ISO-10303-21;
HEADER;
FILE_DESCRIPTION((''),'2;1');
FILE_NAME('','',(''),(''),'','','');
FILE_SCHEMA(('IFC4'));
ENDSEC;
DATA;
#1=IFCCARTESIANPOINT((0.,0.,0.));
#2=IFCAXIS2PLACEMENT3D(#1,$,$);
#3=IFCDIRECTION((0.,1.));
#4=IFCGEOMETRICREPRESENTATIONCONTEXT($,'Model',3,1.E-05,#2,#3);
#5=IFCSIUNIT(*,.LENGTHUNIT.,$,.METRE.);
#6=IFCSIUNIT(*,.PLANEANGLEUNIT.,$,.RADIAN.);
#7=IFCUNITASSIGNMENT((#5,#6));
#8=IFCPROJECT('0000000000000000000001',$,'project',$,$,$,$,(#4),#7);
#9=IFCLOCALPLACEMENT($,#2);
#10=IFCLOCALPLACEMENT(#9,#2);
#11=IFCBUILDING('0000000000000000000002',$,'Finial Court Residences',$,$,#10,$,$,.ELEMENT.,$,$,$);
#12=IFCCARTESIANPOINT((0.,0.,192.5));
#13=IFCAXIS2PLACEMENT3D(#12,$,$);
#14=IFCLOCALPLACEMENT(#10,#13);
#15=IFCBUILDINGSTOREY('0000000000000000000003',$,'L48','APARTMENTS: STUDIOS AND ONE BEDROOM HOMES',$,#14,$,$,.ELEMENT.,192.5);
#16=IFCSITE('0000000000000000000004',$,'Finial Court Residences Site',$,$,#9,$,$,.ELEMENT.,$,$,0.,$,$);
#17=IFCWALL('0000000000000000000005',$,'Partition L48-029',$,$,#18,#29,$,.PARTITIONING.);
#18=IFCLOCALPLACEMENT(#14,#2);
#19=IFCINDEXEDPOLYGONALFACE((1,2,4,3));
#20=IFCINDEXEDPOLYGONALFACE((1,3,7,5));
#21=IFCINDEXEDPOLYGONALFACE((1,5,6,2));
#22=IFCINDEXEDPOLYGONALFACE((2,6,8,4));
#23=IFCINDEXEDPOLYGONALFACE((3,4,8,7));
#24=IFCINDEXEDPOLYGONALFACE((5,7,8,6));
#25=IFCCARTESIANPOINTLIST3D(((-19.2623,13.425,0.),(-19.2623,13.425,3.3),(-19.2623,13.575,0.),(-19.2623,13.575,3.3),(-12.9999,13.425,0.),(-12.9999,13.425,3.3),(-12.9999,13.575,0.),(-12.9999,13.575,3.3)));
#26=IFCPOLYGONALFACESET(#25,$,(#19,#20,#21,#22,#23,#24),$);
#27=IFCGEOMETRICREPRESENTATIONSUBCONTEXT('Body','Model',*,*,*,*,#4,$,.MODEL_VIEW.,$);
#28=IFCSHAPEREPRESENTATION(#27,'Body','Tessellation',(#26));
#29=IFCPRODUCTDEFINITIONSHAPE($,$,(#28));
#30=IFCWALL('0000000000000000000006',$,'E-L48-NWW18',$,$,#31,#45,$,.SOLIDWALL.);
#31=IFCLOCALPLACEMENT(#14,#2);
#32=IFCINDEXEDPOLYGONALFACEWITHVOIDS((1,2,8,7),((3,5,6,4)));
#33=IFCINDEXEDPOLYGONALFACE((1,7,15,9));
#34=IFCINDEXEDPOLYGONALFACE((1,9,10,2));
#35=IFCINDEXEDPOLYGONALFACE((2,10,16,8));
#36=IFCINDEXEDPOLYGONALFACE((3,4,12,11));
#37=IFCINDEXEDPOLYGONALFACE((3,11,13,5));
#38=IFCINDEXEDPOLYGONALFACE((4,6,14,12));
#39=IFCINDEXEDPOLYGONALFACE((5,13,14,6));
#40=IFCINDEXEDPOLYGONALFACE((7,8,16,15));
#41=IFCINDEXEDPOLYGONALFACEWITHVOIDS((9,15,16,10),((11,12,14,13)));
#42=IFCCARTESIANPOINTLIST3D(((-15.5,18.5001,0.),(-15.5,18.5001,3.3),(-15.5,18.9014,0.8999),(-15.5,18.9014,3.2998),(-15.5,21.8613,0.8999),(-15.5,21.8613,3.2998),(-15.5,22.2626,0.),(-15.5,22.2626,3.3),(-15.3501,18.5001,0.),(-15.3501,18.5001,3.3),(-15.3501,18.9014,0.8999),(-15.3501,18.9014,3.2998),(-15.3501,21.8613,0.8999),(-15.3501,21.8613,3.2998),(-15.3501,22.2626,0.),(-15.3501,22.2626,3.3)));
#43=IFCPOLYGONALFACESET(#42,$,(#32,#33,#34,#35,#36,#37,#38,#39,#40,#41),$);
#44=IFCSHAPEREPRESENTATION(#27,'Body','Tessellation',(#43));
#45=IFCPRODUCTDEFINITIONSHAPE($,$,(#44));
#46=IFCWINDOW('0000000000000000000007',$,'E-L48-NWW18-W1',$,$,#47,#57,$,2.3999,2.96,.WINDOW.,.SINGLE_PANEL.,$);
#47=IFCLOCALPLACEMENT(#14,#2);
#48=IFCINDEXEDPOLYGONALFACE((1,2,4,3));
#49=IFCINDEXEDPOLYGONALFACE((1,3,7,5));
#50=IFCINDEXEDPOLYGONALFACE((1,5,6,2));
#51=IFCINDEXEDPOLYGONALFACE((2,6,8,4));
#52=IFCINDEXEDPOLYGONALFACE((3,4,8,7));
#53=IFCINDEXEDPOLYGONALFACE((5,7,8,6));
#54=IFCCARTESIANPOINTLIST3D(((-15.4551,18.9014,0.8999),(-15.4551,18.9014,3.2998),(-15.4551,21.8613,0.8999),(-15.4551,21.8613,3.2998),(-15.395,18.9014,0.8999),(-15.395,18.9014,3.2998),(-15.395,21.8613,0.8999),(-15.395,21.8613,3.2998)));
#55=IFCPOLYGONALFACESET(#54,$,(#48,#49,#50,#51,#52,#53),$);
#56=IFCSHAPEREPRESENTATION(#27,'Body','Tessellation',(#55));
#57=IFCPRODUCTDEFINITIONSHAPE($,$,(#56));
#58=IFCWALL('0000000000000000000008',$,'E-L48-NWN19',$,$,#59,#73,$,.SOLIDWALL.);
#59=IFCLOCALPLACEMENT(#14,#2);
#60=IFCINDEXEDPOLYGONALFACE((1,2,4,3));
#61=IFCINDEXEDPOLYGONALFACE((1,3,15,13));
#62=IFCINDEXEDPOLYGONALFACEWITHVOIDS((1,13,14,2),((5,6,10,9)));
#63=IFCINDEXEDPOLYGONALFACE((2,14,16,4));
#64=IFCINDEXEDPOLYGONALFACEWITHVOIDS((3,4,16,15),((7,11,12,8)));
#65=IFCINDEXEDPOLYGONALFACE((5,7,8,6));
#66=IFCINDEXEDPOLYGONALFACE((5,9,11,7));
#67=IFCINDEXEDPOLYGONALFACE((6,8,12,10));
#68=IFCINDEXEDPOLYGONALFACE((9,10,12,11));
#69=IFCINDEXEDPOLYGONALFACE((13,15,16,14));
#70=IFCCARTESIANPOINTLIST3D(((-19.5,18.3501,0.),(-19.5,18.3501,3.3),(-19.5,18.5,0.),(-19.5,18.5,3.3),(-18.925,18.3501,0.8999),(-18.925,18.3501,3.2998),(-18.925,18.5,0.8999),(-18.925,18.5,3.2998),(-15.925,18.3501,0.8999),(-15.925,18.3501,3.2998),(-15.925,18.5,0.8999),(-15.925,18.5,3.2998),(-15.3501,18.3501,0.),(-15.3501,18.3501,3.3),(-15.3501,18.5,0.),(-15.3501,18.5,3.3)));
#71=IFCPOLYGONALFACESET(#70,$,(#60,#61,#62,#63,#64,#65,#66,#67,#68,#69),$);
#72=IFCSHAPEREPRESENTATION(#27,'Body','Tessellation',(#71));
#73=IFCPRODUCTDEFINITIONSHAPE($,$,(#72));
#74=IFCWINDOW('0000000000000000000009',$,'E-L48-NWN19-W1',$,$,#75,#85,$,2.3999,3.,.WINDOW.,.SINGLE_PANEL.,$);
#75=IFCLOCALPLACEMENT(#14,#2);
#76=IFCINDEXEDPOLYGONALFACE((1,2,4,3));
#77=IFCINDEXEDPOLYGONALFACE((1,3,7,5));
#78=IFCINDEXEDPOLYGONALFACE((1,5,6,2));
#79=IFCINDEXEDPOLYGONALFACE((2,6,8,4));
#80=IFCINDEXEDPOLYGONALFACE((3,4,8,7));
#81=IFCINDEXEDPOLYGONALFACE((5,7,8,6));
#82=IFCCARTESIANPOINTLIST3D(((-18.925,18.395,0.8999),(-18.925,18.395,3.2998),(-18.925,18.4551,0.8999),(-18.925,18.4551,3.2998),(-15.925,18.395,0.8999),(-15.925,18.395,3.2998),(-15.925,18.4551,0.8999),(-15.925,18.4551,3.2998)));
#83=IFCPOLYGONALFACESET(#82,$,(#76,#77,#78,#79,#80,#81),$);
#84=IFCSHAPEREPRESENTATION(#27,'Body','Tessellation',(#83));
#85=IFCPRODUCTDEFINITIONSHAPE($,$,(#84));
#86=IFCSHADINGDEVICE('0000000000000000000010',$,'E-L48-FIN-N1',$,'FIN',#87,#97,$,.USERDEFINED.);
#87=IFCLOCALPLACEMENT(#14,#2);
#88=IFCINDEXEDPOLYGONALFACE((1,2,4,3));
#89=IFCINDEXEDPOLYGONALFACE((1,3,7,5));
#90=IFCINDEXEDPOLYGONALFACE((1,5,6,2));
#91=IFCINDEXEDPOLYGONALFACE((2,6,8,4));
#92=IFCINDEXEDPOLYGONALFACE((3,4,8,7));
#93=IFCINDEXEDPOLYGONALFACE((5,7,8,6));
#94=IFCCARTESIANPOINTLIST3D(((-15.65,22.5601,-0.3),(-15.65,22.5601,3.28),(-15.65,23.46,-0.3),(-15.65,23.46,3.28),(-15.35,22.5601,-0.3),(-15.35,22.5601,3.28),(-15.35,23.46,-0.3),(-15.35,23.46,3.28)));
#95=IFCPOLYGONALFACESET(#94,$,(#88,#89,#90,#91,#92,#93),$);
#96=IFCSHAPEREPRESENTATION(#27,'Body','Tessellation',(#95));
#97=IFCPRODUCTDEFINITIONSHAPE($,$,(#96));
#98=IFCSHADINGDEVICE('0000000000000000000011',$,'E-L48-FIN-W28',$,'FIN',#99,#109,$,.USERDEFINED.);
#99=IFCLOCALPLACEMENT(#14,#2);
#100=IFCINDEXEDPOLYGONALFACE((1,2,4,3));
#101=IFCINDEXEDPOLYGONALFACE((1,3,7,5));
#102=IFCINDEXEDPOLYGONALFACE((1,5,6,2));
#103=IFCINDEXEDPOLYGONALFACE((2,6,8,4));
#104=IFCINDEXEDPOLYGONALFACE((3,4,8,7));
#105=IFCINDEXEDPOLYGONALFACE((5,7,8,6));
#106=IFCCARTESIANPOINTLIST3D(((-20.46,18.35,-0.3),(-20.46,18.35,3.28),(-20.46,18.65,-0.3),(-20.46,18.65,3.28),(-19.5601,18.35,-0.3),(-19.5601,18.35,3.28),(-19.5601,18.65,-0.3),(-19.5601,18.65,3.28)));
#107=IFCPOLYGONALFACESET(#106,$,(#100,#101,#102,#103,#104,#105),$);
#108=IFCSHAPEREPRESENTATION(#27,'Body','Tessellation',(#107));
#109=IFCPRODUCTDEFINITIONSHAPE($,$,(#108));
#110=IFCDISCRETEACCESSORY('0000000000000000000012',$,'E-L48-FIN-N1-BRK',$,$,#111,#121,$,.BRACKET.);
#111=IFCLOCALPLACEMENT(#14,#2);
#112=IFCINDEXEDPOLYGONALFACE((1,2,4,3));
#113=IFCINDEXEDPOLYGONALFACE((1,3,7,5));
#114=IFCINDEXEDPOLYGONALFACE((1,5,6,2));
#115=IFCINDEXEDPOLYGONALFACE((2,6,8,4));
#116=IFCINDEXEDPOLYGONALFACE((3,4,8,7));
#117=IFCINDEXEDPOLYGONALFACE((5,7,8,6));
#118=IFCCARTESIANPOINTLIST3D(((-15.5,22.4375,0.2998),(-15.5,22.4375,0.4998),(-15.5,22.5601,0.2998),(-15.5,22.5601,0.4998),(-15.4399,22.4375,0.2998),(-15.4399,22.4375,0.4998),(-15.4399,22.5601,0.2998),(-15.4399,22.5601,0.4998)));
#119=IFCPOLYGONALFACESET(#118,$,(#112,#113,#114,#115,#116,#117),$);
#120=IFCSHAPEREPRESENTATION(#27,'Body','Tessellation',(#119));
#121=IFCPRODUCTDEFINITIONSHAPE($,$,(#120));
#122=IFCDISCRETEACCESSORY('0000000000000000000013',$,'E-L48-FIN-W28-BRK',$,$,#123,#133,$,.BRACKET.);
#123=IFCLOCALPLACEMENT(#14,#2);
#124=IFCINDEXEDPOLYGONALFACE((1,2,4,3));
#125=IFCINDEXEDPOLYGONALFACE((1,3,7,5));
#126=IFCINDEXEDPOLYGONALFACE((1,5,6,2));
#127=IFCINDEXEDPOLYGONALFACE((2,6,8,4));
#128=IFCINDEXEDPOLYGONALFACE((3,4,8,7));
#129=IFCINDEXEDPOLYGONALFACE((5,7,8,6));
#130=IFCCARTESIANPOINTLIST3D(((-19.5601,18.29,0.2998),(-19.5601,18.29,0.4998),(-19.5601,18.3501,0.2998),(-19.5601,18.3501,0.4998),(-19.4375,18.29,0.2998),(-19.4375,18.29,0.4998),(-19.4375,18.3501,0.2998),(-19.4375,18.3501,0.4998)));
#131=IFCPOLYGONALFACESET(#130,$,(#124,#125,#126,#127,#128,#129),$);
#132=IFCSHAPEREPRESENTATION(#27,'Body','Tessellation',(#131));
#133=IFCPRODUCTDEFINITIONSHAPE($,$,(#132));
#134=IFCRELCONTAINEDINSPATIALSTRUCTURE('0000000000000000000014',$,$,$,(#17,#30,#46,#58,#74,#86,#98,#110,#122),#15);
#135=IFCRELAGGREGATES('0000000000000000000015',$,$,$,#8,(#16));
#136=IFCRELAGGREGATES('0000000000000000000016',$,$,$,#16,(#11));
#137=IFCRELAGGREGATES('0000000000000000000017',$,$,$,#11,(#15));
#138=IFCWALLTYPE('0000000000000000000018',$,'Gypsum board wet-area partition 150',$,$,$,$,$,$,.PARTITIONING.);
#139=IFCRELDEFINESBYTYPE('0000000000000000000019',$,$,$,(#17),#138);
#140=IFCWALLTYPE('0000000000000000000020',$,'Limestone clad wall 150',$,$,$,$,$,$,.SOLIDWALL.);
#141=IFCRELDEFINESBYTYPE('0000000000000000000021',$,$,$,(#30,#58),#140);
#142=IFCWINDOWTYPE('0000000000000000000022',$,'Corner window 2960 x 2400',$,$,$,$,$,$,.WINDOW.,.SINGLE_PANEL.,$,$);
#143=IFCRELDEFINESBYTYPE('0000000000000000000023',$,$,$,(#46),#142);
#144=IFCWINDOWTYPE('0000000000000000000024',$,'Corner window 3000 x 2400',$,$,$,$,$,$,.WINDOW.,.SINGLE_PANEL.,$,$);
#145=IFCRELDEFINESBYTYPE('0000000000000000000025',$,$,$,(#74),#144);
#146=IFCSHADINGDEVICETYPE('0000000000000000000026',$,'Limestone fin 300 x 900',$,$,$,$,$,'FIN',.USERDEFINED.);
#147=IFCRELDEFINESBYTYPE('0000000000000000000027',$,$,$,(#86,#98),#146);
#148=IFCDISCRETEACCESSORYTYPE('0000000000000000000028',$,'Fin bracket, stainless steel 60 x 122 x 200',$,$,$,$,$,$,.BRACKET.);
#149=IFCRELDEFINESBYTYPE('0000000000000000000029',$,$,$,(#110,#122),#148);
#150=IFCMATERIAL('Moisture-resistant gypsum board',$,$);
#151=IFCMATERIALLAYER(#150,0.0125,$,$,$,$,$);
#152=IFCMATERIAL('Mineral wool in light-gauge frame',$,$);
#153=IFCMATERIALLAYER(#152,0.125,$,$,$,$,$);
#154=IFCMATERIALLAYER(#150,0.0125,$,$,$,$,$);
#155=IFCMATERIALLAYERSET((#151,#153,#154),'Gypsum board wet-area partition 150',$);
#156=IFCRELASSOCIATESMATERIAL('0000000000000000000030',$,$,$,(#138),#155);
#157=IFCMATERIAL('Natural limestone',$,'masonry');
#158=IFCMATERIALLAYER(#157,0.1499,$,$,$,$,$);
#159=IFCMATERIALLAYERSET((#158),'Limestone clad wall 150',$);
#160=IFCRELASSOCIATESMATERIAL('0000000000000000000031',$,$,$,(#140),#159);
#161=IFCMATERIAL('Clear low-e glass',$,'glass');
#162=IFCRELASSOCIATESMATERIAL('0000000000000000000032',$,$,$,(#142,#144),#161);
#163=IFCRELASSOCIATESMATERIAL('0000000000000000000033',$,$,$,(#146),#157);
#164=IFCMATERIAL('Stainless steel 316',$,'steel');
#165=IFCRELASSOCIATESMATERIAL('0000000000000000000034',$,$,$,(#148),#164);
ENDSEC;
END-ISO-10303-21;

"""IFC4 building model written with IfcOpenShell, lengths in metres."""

from ifc_helpers import new_model, si_unit, direction, frame, frame_2d, origin, origin_2d, place, context, subcontext, project, spatial, rectangle, extrude, material, layer, layer_set, type_object, element, fill, save


model = new_model("IFC4")

# Units and contexts
model_context = context("Model", 3, precision=1e-05, world=origin(), true_north=direction((0.0, 1.0)))
body_context = subcontext(model_context, "Body", "Model", "MODEL_VIEW")
ifc_project = project(units=[si_unit("LENGTHUNIT", "METRE"), si_unit("PLANEANGLEUNIT", "RADIAN")], contexts=[model_context])

# Site, building, storey
site_placement = place(None, origin())
site = spatial("IfcSite", under=ifc_project, at=site_placement, Name="Finial Court Residences Site", CompositionType="ELEMENT", RefElevation=0.0)
building_placement = place(site_placement, origin())
building = spatial("IfcBuilding", under=site, at=building_placement, Name="Finial Court Residences", CompositionType="ELEMENT")
storey_placement = place(building_placement, frame((0.0, 0.0, 192.5)))
storey = spatial("IfcBuildingStorey", under=building, at=storey_placement, Name="L48", Description="APARTMENTS: STUDIOS AND ONE BEDROOM HOMES", CompositionType="ELEMENT", Elevation=192.5)

# Shared definitions
ifc_material_1 = material(Name="Clear low-e glass", Category="glass")

# Shared definitions
ifc_material_2 = material(Name="Mineral wool in light-gauge frame")

# Wall
ifc_material_3 = material(Name="Moisture-resistant gypsum board")
ifc_layer_1 = layer(ifc_material_3, 0.0125)
ifc_layer_2 = layer(ifc_material_2, 0.125)
ifc_layer_3 = layer(ifc_material_3, 0.0125)
ifc_layer_set_1 = layer_set([ifc_layer_1, ifc_layer_2, ifc_layer_3], Name="Gypsum board wet-area partition 150")
wall_type_1 = type_object("IfcWallType", Name="Gypsum board wet-area partition 150", PredefinedType="PARTITIONING", material=ifc_layer_set_1)
wall_1_placement = place(storey_placement, frame((-19.2625, 13.5, 0.0), z_axis=(0.0, 0.0, 1.0), x_axis=(1.0, 0.0, 0.0)))
element("IfcWall", 1, at=wall_1_placement, inside=storey, type_object=wall_type_1, Name="Partition L48-029", PredefinedType="PARTITIONING", context=body_context, shape_type="SweptSolid", body=[
    extrude(rectangle(XDim=6.2625, YDim=0.1499, at=frame_2d((3.1313, 0.0))), origin(), (0.0, 0.0, 1.0), 3.3),
])

# Walls, openings, windows
ifc_material_4 = material(Name="Natural limestone", Category="masonry")
ifc_layer_4 = layer(ifc_material_4, 0.1499)
ifc_layer_set_2 = layer_set([ifc_layer_4], Name="Limestone clad wall 150")
wall_type_2 = type_object("IfcWallType", Name="Limestone clad wall 150", PredefinedType="SOLIDWALL", material=ifc_layer_set_2)
wall_2_placement = place(storey_placement, frame((-15.425, 18.5, 0.0), z_axis=(0.0, 0.0, 1.0), x_axis=(0.0, 1.0, 0.0)))
wall_2 = element("IfcWall", 2, at=wall_2_placement, inside=storey, type_object=wall_type_2, Name="E-L48-NWW18", PredefinedType="SOLIDWALL", context=body_context, shape_type="SweptSolid", body=[
    extrude(rectangle(XDim=3.7625, YDim=0.1499, at=frame_2d((1.8813, 0.0))), origin(), (0.0, 0.0, 1.0), 3.3),
])
opening_1_placement = place(wall_2_placement, frame((0.4014, 0.0, 0.8999)))
opening_1 = element("IfcOpeningElement", 3, at=opening_1_placement, cuts=wall_2, PredefinedType="OPENING", context=body_context, shape_type="SweptSolid", body=[
    extrude(rectangle(XDim=2.96, YDim=2.3999, at=frame_2d((1.48, 1.2))), frame((0.0, 0.085, 0.0), z_axis=(0.0, -1.0, 0.0), x_axis=(1.0, 0.0, 0.0)), (0.0, 0.0, 1.0), 0.1699),
])
window_type_1 = type_object("IfcWindowType", Name="Corner window 2960 x 2400", PartitioningType="SINGLE_PANEL", PredefinedType="WINDOW", material=ifc_material_1)
window_1_placement = place(opening_1_placement, origin())
window_1 = element("IfcWindow", 4, at=window_1_placement, inside=storey, type_object=window_type_1, Name="E-L48-NWW18-W1", OverallHeight=2.3999, OverallWidth=2.96, PartitioningType="SINGLE_PANEL", PredefinedType="WINDOW", context=body_context, shape_type="SweptSolid", body=[
    extrude(rectangle(XDim=2.96, YDim=2.3999, at=frame_2d((1.48, 1.2))), frame((0.0, 0.03, 0.0), z_axis=(0.0, -1.0, 0.0), x_axis=(1.0, 0.0, 0.0)), (0.0, 0.0, 1.0), 0.0601),
])
fill(opening_1, window_1)
wall_3_placement = place(storey_placement, frame((-19.5, 18.425, 0.0), z_axis=(0.0, 0.0, 1.0), x_axis=(1.0, 0.0, 0.0)))
wall_3 = element("IfcWall", 5, at=wall_3_placement, inside=storey, type_object=wall_type_2, Name="E-L48-NWN19", PredefinedType="SOLIDWALL", context=body_context, shape_type="SweptSolid", body=[
    extrude(rectangle(XDim=4.1499, YDim=0.1499, at=frame_2d((2.075, 0.0))), origin(), (0.0, 0.0, 1.0), 3.3),
])
opening_2_placement = place(wall_3_placement, frame((0.575, 0.0, 0.8999)))
opening_2 = element("IfcOpeningElement", 6, at=opening_2_placement, cuts=wall_3, PredefinedType="OPENING", context=body_context, shape_type="SweptSolid", body=[
    extrude(rectangle(XDim=3.0, YDim=2.3999, at=frame_2d((1.5, 1.2))), frame((0.0, 0.085, 0.0), z_axis=(0.0, -1.0, 0.0), x_axis=(1.0, 0.0, 0.0)), (0.0, 0.0, 1.0), 0.1699),
])
window_type_2 = type_object("IfcWindowType", Name="Corner window 3000 x 2400", PartitioningType="SINGLE_PANEL", PredefinedType="WINDOW", material=ifc_material_1)
window_2_placement = place(opening_2_placement, origin())
window_2 = element("IfcWindow", 7, at=window_2_placement, inside=storey, type_object=window_type_2, Name="E-L48-NWN19-W1", OverallHeight=2.3999, OverallWidth=3.0, PartitioningType="SINGLE_PANEL", PredefinedType="WINDOW", context=body_context, shape_type="SweptSolid", body=[
    extrude(rectangle(XDim=3.0, YDim=2.3999, at=frame_2d((1.5, 1.2))), frame((0.0, 0.03, 0.0), z_axis=(0.0, -1.0, 0.0), x_axis=(1.0, 0.0, 0.0)), (0.0, 0.0, 1.0), 0.0601),
])
fill(opening_2, window_2)

# Shading devices
shading_device_type = type_object("IfcShadingDeviceType", Name="Limestone fin 300 x 900", ElementType="FIN", PredefinedType="USERDEFINED", material=ifc_material_4)
shading_device_1_placement = place(storey_placement, frame((-15.5, 23.01, -0.3), z_axis=(0.0, 0.0, 1.0), x_axis=(1.0, 0.0, 0.0)))
element("IfcShadingDevice", 8, at=shading_device_1_placement, inside=storey, type_object=shading_device_type, Name="E-L48-FIN-N1", ObjectType="FIN", PredefinedType="USERDEFINED", context=body_context, shape_type="SweptSolid", body=[
    extrude(rectangle(XDim=0.3, YDim=0.8999, at=origin_2d()), origin(), (0.0, 0.0, 1.0), 3.5801),
])
shading_device_2_placement = place(storey_placement, frame((-20.01, 18.5, -0.3), z_axis=(0.0, 0.0, 1.0), x_axis=(1.0, 0.0, 0.0)))
element("IfcShadingDevice", 9, at=shading_device_2_placement, inside=storey, type_object=shading_device_type, Name="E-L48-FIN-W28", ObjectType="FIN", PredefinedType="USERDEFINED", context=body_context, shape_type="SweptSolid", body=[
    extrude(rectangle(XDim=0.8999, YDim=0.3, at=origin_2d()), origin(), (0.0, 0.0, 1.0), 3.5801),
])

# Discrete accessories
ifc_material_5 = material(Name="Stainless steel 316", Category="steel")
discrete_accessory_type = type_object("IfcDiscreteAccessoryType", Name="Fin bracket, stainless steel 60 x 122 x 200", PredefinedType="BRACKET", material=ifc_material_5)
discrete_accessory_1_placement = place(storey_placement, frame((-15.47, 22.4988, 0.2998), z_axis=(0.0, 0.0, 1.0), x_axis=(1.0, 0.0, 0.0)))
element("IfcDiscreteAccessory", 10, at=discrete_accessory_1_placement, inside=storey, type_object=discrete_accessory_type, Name="E-L48-FIN-N1-BRK", PredefinedType="BRACKET", context=body_context, shape_type="SweptSolid", body=[
    extrude(rectangle(XDim=0.0601, YDim=0.1226, at=origin_2d()), origin(), (0.0, 0.0, 1.0), 0.2),
])
discrete_accessory_2_placement = place(storey_placement, frame((-19.4988, 18.3201, 0.2998), z_axis=(0.0, 0.0, 1.0), x_axis=(1.0, 0.0, 0.0)))
element("IfcDiscreteAccessory", 11, at=discrete_accessory_2_placement, inside=storey, type_object=discrete_accessory_type, Name="E-L48-FIN-W28-BRK", PredefinedType="BRACKET", context=body_context, shape_type="SweptSolid", body=[
    extrude(rectangle(XDim=0.1226, YDim=0.0601, at=origin_2d()), origin(), (0.0, 0.0, 1.0), 0.2),
])

save(model, "model.ifc")
